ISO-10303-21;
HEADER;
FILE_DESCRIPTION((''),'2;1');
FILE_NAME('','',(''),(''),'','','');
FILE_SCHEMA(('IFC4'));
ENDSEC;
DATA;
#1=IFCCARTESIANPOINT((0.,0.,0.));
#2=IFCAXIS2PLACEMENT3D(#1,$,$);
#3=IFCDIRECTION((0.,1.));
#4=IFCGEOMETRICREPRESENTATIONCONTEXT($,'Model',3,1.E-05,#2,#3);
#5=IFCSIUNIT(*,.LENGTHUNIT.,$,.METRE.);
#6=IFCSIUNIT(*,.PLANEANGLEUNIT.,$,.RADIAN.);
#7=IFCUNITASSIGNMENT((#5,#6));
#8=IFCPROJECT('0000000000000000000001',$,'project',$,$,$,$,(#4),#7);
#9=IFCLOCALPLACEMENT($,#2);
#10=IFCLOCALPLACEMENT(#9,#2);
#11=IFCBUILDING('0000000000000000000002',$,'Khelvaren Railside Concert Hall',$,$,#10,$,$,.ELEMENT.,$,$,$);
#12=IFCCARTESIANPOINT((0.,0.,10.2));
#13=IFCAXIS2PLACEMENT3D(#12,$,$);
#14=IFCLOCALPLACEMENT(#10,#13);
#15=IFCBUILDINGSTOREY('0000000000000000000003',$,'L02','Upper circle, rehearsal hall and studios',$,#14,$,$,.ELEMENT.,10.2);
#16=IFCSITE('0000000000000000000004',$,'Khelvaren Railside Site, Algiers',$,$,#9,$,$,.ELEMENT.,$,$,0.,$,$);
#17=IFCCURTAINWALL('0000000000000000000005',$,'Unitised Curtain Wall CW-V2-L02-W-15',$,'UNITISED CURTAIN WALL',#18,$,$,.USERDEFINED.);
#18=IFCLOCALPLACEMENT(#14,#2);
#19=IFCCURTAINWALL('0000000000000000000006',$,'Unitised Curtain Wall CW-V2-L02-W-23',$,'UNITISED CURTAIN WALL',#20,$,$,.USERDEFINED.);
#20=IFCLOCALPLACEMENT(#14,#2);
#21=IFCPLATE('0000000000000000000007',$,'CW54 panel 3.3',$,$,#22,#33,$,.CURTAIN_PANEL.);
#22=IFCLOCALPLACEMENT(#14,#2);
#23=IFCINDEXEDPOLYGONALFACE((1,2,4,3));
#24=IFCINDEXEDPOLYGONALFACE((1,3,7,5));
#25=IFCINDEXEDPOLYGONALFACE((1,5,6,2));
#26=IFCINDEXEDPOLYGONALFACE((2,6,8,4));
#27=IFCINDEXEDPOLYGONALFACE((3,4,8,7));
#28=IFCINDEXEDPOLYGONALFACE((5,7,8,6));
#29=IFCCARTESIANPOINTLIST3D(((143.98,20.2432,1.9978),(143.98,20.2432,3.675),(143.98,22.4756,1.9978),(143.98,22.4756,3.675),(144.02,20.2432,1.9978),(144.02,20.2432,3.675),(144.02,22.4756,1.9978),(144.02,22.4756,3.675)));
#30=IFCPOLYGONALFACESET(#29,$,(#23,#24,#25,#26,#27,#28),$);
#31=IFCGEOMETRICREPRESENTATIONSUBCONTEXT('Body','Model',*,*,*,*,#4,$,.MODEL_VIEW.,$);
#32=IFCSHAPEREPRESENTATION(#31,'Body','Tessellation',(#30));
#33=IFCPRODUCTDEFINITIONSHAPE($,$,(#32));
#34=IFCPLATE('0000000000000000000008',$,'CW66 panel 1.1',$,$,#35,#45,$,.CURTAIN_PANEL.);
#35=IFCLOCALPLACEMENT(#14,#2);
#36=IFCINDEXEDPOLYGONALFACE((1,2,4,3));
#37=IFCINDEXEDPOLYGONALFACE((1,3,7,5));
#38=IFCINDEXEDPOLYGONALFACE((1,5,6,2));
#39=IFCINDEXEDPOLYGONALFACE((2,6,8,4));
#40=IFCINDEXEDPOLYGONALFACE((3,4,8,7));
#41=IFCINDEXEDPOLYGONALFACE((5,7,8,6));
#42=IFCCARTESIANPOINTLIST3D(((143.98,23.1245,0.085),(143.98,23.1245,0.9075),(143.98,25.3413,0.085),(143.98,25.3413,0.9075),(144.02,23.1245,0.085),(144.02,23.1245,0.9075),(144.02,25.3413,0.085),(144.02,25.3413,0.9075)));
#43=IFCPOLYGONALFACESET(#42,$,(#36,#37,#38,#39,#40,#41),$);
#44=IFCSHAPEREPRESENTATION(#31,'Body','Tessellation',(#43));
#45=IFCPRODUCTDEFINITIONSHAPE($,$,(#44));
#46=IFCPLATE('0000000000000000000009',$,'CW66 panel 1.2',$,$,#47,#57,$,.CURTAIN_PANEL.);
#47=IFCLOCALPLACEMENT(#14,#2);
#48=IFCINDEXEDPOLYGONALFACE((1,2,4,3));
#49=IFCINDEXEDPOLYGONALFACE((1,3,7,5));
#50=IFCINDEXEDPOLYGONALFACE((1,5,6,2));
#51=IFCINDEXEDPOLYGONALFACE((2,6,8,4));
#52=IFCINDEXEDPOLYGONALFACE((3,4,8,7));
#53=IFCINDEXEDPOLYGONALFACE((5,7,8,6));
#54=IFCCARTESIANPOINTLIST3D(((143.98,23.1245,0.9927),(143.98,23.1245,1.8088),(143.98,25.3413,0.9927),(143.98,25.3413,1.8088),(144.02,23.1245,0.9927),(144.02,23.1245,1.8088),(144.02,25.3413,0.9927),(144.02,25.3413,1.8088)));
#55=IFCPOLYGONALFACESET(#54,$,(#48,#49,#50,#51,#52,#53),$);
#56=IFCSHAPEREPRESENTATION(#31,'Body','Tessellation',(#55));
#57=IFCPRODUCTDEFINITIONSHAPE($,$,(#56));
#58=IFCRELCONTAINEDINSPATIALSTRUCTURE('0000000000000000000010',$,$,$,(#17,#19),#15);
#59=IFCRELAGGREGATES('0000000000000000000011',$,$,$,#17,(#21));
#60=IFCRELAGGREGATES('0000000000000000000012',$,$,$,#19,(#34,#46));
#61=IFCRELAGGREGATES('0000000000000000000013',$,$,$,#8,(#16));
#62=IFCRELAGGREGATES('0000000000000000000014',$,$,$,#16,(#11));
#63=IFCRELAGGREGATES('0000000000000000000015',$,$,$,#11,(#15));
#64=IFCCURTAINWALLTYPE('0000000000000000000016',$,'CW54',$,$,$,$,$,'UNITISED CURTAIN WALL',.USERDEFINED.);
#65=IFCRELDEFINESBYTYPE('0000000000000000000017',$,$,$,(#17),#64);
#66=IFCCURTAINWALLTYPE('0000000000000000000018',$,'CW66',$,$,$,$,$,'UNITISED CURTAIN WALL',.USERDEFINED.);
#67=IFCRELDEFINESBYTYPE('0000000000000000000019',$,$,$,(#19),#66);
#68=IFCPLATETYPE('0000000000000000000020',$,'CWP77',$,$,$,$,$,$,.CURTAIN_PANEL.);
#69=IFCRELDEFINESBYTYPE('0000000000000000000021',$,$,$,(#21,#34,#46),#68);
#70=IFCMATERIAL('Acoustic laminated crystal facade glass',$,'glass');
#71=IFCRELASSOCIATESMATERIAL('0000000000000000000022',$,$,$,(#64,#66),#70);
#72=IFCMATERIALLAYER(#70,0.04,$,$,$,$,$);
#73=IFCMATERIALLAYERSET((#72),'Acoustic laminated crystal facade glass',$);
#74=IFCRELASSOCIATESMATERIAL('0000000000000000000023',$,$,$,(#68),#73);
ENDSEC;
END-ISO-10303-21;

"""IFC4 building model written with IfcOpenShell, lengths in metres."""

from ifc_helpers import new_model, si_unit, direction, frame, origin, origin_2d, place, context, subcontext, project, spatial, rectangle, extrude, material, layer, layer_set, type_object, element, aggregate, save


model = new_model("IFC4")

# Units and contexts
model_context = context("Model", 3, precision=1e-05, world=origin(), true_north=direction((0.0, 1.0)))
body_context = subcontext(model_context, "Body", "Model", "MODEL_VIEW")
ifc_project = project(units=[si_unit("LENGTHUNIT", "METRE"), si_unit("PLANEANGLEUNIT", "RADIAN")], contexts=[model_context])

# Site, building, storey
site_placement = place(None, origin())
site = spatial("IfcSite", under=ifc_project, at=site_placement, Name="Khelvaren Railside Site, Algiers", CompositionType="ELEMENT", RefElevation=0.0)
building_placement = place(site_placement, origin())
building = spatial("IfcBuilding", under=site, at=building_placement, Name="Khelvaren Railside Concert Hall", CompositionType="ELEMENT")
storey_placement = place(building_placement, frame((0.0, 0.0, 10.2)))
storey = spatial("IfcBuildingStorey", under=building, at=storey_placement, Name="L02", Description="Upper circle, rehearsal hall and studios", CompositionType="ELEMENT", Elevation=10.2)

# Curtain wall
ifc_material_1 = material(Name="Acoustic laminated crystal facade glass", Category="glass")
curtain_wall_type_1 = type_object("IfcCurtainWallType", Name="CW54", ElementType="UNITISED CURTAIN WALL", PredefinedType="USERDEFINED", material=ifc_material_1)
curtain_wall_1_placement = place(storey_placement, origin())
curtain_wall_1 = element("IfcCurtainWall", 1, at=curtain_wall_1_placement, inside=storey, type_object=curtain_wall_type_1, Name="Unitised Curtain Wall CW-V2-L02-W-15", ObjectType="UNITISED CURTAIN WALL", PredefinedType="USERDEFINED")

# Curtain wall
curtain_wall_type_2 = type_object("IfcCurtainWallType", Name="CW66", ElementType="UNITISED CURTAIN WALL", PredefinedType="USERDEFINED", material=ifc_material_1)
curtain_wall_2_placement = place(storey_placement, origin())
curtain_wall_2 = element("IfcCurtainWall", 2, at=curtain_wall_2_placement, inside=storey, type_object=curtain_wall_type_2, Name="Unitised Curtain Wall CW-V2-L02-W-23", ObjectType="UNITISED CURTAIN WALL", PredefinedType="USERDEFINED")

# Plates
ifc_layer = layer(ifc_material_1, 0.04)
ifc_layer_set = layer_set([ifc_layer], Name="Acoustic laminated crystal facade glass")
plate_type = type_object("IfcPlateType", Name="CWP77", PredefinedType="CURTAIN_PANEL", material=ifc_layer_set)
plate_1_placement = place(storey_placement, frame((144.0, 21.3594, 1.9978), z_axis=(0.0, 0.0, 1.0), x_axis=(0.0, 1.0, 0.0)))
plate_1 = element("IfcPlate", 3, at=plate_1_placement, type_object=plate_type, Name="CW54 panel 3.3", PredefinedType="CURTAIN_PANEL", context=body_context, shape_type="SweptSolid", body=[
    extrude(rectangle(XDim=2.2324, YDim=0.04, at=origin_2d()), origin(), (0.0, 0.0, 1.0), 1.6772),
])
aggregate(curtain_wall_1, [plate_1])
plate_2_placement = place(storey_placement, frame((144.0, 24.2329, 0.085), z_axis=(0.0, 0.0, 1.0), x_axis=(0.0, 1.0, 0.0)))
plate_2 = element("IfcPlate", 4, at=plate_2_placement, type_object=plate_type, Name="CW66 panel 1.1", PredefinedType="CURTAIN_PANEL", context=body_context, shape_type="SweptSolid", body=[
    extrude(rectangle(XDim=2.2168, YDim=0.04, at=origin_2d()), origin(), (0.0, 0.0, 1.0), 0.8225),
])
plate_3_placement = place(storey_placement, frame((144.0, 24.2329, 0.9927), z_axis=(0.0, 0.0, 1.0), x_axis=(0.0, 1.0, 0.0)))
plate_3 = element("IfcPlate", 5, at=plate_3_placement, type_object=plate_type, Name="CW66 panel 1.2", PredefinedType="CURTAIN_PANEL", context=body_context, shape_type="SweptSolid", body=[
    extrude(rectangle(XDim=2.2168, YDim=0.04, at=origin_2d()), origin(), (0.0, 0.0, 1.0), 0.8162),
])
aggregate(curtain_wall_2, [plate_2, plate_3])

save(model, "model.ifc")
